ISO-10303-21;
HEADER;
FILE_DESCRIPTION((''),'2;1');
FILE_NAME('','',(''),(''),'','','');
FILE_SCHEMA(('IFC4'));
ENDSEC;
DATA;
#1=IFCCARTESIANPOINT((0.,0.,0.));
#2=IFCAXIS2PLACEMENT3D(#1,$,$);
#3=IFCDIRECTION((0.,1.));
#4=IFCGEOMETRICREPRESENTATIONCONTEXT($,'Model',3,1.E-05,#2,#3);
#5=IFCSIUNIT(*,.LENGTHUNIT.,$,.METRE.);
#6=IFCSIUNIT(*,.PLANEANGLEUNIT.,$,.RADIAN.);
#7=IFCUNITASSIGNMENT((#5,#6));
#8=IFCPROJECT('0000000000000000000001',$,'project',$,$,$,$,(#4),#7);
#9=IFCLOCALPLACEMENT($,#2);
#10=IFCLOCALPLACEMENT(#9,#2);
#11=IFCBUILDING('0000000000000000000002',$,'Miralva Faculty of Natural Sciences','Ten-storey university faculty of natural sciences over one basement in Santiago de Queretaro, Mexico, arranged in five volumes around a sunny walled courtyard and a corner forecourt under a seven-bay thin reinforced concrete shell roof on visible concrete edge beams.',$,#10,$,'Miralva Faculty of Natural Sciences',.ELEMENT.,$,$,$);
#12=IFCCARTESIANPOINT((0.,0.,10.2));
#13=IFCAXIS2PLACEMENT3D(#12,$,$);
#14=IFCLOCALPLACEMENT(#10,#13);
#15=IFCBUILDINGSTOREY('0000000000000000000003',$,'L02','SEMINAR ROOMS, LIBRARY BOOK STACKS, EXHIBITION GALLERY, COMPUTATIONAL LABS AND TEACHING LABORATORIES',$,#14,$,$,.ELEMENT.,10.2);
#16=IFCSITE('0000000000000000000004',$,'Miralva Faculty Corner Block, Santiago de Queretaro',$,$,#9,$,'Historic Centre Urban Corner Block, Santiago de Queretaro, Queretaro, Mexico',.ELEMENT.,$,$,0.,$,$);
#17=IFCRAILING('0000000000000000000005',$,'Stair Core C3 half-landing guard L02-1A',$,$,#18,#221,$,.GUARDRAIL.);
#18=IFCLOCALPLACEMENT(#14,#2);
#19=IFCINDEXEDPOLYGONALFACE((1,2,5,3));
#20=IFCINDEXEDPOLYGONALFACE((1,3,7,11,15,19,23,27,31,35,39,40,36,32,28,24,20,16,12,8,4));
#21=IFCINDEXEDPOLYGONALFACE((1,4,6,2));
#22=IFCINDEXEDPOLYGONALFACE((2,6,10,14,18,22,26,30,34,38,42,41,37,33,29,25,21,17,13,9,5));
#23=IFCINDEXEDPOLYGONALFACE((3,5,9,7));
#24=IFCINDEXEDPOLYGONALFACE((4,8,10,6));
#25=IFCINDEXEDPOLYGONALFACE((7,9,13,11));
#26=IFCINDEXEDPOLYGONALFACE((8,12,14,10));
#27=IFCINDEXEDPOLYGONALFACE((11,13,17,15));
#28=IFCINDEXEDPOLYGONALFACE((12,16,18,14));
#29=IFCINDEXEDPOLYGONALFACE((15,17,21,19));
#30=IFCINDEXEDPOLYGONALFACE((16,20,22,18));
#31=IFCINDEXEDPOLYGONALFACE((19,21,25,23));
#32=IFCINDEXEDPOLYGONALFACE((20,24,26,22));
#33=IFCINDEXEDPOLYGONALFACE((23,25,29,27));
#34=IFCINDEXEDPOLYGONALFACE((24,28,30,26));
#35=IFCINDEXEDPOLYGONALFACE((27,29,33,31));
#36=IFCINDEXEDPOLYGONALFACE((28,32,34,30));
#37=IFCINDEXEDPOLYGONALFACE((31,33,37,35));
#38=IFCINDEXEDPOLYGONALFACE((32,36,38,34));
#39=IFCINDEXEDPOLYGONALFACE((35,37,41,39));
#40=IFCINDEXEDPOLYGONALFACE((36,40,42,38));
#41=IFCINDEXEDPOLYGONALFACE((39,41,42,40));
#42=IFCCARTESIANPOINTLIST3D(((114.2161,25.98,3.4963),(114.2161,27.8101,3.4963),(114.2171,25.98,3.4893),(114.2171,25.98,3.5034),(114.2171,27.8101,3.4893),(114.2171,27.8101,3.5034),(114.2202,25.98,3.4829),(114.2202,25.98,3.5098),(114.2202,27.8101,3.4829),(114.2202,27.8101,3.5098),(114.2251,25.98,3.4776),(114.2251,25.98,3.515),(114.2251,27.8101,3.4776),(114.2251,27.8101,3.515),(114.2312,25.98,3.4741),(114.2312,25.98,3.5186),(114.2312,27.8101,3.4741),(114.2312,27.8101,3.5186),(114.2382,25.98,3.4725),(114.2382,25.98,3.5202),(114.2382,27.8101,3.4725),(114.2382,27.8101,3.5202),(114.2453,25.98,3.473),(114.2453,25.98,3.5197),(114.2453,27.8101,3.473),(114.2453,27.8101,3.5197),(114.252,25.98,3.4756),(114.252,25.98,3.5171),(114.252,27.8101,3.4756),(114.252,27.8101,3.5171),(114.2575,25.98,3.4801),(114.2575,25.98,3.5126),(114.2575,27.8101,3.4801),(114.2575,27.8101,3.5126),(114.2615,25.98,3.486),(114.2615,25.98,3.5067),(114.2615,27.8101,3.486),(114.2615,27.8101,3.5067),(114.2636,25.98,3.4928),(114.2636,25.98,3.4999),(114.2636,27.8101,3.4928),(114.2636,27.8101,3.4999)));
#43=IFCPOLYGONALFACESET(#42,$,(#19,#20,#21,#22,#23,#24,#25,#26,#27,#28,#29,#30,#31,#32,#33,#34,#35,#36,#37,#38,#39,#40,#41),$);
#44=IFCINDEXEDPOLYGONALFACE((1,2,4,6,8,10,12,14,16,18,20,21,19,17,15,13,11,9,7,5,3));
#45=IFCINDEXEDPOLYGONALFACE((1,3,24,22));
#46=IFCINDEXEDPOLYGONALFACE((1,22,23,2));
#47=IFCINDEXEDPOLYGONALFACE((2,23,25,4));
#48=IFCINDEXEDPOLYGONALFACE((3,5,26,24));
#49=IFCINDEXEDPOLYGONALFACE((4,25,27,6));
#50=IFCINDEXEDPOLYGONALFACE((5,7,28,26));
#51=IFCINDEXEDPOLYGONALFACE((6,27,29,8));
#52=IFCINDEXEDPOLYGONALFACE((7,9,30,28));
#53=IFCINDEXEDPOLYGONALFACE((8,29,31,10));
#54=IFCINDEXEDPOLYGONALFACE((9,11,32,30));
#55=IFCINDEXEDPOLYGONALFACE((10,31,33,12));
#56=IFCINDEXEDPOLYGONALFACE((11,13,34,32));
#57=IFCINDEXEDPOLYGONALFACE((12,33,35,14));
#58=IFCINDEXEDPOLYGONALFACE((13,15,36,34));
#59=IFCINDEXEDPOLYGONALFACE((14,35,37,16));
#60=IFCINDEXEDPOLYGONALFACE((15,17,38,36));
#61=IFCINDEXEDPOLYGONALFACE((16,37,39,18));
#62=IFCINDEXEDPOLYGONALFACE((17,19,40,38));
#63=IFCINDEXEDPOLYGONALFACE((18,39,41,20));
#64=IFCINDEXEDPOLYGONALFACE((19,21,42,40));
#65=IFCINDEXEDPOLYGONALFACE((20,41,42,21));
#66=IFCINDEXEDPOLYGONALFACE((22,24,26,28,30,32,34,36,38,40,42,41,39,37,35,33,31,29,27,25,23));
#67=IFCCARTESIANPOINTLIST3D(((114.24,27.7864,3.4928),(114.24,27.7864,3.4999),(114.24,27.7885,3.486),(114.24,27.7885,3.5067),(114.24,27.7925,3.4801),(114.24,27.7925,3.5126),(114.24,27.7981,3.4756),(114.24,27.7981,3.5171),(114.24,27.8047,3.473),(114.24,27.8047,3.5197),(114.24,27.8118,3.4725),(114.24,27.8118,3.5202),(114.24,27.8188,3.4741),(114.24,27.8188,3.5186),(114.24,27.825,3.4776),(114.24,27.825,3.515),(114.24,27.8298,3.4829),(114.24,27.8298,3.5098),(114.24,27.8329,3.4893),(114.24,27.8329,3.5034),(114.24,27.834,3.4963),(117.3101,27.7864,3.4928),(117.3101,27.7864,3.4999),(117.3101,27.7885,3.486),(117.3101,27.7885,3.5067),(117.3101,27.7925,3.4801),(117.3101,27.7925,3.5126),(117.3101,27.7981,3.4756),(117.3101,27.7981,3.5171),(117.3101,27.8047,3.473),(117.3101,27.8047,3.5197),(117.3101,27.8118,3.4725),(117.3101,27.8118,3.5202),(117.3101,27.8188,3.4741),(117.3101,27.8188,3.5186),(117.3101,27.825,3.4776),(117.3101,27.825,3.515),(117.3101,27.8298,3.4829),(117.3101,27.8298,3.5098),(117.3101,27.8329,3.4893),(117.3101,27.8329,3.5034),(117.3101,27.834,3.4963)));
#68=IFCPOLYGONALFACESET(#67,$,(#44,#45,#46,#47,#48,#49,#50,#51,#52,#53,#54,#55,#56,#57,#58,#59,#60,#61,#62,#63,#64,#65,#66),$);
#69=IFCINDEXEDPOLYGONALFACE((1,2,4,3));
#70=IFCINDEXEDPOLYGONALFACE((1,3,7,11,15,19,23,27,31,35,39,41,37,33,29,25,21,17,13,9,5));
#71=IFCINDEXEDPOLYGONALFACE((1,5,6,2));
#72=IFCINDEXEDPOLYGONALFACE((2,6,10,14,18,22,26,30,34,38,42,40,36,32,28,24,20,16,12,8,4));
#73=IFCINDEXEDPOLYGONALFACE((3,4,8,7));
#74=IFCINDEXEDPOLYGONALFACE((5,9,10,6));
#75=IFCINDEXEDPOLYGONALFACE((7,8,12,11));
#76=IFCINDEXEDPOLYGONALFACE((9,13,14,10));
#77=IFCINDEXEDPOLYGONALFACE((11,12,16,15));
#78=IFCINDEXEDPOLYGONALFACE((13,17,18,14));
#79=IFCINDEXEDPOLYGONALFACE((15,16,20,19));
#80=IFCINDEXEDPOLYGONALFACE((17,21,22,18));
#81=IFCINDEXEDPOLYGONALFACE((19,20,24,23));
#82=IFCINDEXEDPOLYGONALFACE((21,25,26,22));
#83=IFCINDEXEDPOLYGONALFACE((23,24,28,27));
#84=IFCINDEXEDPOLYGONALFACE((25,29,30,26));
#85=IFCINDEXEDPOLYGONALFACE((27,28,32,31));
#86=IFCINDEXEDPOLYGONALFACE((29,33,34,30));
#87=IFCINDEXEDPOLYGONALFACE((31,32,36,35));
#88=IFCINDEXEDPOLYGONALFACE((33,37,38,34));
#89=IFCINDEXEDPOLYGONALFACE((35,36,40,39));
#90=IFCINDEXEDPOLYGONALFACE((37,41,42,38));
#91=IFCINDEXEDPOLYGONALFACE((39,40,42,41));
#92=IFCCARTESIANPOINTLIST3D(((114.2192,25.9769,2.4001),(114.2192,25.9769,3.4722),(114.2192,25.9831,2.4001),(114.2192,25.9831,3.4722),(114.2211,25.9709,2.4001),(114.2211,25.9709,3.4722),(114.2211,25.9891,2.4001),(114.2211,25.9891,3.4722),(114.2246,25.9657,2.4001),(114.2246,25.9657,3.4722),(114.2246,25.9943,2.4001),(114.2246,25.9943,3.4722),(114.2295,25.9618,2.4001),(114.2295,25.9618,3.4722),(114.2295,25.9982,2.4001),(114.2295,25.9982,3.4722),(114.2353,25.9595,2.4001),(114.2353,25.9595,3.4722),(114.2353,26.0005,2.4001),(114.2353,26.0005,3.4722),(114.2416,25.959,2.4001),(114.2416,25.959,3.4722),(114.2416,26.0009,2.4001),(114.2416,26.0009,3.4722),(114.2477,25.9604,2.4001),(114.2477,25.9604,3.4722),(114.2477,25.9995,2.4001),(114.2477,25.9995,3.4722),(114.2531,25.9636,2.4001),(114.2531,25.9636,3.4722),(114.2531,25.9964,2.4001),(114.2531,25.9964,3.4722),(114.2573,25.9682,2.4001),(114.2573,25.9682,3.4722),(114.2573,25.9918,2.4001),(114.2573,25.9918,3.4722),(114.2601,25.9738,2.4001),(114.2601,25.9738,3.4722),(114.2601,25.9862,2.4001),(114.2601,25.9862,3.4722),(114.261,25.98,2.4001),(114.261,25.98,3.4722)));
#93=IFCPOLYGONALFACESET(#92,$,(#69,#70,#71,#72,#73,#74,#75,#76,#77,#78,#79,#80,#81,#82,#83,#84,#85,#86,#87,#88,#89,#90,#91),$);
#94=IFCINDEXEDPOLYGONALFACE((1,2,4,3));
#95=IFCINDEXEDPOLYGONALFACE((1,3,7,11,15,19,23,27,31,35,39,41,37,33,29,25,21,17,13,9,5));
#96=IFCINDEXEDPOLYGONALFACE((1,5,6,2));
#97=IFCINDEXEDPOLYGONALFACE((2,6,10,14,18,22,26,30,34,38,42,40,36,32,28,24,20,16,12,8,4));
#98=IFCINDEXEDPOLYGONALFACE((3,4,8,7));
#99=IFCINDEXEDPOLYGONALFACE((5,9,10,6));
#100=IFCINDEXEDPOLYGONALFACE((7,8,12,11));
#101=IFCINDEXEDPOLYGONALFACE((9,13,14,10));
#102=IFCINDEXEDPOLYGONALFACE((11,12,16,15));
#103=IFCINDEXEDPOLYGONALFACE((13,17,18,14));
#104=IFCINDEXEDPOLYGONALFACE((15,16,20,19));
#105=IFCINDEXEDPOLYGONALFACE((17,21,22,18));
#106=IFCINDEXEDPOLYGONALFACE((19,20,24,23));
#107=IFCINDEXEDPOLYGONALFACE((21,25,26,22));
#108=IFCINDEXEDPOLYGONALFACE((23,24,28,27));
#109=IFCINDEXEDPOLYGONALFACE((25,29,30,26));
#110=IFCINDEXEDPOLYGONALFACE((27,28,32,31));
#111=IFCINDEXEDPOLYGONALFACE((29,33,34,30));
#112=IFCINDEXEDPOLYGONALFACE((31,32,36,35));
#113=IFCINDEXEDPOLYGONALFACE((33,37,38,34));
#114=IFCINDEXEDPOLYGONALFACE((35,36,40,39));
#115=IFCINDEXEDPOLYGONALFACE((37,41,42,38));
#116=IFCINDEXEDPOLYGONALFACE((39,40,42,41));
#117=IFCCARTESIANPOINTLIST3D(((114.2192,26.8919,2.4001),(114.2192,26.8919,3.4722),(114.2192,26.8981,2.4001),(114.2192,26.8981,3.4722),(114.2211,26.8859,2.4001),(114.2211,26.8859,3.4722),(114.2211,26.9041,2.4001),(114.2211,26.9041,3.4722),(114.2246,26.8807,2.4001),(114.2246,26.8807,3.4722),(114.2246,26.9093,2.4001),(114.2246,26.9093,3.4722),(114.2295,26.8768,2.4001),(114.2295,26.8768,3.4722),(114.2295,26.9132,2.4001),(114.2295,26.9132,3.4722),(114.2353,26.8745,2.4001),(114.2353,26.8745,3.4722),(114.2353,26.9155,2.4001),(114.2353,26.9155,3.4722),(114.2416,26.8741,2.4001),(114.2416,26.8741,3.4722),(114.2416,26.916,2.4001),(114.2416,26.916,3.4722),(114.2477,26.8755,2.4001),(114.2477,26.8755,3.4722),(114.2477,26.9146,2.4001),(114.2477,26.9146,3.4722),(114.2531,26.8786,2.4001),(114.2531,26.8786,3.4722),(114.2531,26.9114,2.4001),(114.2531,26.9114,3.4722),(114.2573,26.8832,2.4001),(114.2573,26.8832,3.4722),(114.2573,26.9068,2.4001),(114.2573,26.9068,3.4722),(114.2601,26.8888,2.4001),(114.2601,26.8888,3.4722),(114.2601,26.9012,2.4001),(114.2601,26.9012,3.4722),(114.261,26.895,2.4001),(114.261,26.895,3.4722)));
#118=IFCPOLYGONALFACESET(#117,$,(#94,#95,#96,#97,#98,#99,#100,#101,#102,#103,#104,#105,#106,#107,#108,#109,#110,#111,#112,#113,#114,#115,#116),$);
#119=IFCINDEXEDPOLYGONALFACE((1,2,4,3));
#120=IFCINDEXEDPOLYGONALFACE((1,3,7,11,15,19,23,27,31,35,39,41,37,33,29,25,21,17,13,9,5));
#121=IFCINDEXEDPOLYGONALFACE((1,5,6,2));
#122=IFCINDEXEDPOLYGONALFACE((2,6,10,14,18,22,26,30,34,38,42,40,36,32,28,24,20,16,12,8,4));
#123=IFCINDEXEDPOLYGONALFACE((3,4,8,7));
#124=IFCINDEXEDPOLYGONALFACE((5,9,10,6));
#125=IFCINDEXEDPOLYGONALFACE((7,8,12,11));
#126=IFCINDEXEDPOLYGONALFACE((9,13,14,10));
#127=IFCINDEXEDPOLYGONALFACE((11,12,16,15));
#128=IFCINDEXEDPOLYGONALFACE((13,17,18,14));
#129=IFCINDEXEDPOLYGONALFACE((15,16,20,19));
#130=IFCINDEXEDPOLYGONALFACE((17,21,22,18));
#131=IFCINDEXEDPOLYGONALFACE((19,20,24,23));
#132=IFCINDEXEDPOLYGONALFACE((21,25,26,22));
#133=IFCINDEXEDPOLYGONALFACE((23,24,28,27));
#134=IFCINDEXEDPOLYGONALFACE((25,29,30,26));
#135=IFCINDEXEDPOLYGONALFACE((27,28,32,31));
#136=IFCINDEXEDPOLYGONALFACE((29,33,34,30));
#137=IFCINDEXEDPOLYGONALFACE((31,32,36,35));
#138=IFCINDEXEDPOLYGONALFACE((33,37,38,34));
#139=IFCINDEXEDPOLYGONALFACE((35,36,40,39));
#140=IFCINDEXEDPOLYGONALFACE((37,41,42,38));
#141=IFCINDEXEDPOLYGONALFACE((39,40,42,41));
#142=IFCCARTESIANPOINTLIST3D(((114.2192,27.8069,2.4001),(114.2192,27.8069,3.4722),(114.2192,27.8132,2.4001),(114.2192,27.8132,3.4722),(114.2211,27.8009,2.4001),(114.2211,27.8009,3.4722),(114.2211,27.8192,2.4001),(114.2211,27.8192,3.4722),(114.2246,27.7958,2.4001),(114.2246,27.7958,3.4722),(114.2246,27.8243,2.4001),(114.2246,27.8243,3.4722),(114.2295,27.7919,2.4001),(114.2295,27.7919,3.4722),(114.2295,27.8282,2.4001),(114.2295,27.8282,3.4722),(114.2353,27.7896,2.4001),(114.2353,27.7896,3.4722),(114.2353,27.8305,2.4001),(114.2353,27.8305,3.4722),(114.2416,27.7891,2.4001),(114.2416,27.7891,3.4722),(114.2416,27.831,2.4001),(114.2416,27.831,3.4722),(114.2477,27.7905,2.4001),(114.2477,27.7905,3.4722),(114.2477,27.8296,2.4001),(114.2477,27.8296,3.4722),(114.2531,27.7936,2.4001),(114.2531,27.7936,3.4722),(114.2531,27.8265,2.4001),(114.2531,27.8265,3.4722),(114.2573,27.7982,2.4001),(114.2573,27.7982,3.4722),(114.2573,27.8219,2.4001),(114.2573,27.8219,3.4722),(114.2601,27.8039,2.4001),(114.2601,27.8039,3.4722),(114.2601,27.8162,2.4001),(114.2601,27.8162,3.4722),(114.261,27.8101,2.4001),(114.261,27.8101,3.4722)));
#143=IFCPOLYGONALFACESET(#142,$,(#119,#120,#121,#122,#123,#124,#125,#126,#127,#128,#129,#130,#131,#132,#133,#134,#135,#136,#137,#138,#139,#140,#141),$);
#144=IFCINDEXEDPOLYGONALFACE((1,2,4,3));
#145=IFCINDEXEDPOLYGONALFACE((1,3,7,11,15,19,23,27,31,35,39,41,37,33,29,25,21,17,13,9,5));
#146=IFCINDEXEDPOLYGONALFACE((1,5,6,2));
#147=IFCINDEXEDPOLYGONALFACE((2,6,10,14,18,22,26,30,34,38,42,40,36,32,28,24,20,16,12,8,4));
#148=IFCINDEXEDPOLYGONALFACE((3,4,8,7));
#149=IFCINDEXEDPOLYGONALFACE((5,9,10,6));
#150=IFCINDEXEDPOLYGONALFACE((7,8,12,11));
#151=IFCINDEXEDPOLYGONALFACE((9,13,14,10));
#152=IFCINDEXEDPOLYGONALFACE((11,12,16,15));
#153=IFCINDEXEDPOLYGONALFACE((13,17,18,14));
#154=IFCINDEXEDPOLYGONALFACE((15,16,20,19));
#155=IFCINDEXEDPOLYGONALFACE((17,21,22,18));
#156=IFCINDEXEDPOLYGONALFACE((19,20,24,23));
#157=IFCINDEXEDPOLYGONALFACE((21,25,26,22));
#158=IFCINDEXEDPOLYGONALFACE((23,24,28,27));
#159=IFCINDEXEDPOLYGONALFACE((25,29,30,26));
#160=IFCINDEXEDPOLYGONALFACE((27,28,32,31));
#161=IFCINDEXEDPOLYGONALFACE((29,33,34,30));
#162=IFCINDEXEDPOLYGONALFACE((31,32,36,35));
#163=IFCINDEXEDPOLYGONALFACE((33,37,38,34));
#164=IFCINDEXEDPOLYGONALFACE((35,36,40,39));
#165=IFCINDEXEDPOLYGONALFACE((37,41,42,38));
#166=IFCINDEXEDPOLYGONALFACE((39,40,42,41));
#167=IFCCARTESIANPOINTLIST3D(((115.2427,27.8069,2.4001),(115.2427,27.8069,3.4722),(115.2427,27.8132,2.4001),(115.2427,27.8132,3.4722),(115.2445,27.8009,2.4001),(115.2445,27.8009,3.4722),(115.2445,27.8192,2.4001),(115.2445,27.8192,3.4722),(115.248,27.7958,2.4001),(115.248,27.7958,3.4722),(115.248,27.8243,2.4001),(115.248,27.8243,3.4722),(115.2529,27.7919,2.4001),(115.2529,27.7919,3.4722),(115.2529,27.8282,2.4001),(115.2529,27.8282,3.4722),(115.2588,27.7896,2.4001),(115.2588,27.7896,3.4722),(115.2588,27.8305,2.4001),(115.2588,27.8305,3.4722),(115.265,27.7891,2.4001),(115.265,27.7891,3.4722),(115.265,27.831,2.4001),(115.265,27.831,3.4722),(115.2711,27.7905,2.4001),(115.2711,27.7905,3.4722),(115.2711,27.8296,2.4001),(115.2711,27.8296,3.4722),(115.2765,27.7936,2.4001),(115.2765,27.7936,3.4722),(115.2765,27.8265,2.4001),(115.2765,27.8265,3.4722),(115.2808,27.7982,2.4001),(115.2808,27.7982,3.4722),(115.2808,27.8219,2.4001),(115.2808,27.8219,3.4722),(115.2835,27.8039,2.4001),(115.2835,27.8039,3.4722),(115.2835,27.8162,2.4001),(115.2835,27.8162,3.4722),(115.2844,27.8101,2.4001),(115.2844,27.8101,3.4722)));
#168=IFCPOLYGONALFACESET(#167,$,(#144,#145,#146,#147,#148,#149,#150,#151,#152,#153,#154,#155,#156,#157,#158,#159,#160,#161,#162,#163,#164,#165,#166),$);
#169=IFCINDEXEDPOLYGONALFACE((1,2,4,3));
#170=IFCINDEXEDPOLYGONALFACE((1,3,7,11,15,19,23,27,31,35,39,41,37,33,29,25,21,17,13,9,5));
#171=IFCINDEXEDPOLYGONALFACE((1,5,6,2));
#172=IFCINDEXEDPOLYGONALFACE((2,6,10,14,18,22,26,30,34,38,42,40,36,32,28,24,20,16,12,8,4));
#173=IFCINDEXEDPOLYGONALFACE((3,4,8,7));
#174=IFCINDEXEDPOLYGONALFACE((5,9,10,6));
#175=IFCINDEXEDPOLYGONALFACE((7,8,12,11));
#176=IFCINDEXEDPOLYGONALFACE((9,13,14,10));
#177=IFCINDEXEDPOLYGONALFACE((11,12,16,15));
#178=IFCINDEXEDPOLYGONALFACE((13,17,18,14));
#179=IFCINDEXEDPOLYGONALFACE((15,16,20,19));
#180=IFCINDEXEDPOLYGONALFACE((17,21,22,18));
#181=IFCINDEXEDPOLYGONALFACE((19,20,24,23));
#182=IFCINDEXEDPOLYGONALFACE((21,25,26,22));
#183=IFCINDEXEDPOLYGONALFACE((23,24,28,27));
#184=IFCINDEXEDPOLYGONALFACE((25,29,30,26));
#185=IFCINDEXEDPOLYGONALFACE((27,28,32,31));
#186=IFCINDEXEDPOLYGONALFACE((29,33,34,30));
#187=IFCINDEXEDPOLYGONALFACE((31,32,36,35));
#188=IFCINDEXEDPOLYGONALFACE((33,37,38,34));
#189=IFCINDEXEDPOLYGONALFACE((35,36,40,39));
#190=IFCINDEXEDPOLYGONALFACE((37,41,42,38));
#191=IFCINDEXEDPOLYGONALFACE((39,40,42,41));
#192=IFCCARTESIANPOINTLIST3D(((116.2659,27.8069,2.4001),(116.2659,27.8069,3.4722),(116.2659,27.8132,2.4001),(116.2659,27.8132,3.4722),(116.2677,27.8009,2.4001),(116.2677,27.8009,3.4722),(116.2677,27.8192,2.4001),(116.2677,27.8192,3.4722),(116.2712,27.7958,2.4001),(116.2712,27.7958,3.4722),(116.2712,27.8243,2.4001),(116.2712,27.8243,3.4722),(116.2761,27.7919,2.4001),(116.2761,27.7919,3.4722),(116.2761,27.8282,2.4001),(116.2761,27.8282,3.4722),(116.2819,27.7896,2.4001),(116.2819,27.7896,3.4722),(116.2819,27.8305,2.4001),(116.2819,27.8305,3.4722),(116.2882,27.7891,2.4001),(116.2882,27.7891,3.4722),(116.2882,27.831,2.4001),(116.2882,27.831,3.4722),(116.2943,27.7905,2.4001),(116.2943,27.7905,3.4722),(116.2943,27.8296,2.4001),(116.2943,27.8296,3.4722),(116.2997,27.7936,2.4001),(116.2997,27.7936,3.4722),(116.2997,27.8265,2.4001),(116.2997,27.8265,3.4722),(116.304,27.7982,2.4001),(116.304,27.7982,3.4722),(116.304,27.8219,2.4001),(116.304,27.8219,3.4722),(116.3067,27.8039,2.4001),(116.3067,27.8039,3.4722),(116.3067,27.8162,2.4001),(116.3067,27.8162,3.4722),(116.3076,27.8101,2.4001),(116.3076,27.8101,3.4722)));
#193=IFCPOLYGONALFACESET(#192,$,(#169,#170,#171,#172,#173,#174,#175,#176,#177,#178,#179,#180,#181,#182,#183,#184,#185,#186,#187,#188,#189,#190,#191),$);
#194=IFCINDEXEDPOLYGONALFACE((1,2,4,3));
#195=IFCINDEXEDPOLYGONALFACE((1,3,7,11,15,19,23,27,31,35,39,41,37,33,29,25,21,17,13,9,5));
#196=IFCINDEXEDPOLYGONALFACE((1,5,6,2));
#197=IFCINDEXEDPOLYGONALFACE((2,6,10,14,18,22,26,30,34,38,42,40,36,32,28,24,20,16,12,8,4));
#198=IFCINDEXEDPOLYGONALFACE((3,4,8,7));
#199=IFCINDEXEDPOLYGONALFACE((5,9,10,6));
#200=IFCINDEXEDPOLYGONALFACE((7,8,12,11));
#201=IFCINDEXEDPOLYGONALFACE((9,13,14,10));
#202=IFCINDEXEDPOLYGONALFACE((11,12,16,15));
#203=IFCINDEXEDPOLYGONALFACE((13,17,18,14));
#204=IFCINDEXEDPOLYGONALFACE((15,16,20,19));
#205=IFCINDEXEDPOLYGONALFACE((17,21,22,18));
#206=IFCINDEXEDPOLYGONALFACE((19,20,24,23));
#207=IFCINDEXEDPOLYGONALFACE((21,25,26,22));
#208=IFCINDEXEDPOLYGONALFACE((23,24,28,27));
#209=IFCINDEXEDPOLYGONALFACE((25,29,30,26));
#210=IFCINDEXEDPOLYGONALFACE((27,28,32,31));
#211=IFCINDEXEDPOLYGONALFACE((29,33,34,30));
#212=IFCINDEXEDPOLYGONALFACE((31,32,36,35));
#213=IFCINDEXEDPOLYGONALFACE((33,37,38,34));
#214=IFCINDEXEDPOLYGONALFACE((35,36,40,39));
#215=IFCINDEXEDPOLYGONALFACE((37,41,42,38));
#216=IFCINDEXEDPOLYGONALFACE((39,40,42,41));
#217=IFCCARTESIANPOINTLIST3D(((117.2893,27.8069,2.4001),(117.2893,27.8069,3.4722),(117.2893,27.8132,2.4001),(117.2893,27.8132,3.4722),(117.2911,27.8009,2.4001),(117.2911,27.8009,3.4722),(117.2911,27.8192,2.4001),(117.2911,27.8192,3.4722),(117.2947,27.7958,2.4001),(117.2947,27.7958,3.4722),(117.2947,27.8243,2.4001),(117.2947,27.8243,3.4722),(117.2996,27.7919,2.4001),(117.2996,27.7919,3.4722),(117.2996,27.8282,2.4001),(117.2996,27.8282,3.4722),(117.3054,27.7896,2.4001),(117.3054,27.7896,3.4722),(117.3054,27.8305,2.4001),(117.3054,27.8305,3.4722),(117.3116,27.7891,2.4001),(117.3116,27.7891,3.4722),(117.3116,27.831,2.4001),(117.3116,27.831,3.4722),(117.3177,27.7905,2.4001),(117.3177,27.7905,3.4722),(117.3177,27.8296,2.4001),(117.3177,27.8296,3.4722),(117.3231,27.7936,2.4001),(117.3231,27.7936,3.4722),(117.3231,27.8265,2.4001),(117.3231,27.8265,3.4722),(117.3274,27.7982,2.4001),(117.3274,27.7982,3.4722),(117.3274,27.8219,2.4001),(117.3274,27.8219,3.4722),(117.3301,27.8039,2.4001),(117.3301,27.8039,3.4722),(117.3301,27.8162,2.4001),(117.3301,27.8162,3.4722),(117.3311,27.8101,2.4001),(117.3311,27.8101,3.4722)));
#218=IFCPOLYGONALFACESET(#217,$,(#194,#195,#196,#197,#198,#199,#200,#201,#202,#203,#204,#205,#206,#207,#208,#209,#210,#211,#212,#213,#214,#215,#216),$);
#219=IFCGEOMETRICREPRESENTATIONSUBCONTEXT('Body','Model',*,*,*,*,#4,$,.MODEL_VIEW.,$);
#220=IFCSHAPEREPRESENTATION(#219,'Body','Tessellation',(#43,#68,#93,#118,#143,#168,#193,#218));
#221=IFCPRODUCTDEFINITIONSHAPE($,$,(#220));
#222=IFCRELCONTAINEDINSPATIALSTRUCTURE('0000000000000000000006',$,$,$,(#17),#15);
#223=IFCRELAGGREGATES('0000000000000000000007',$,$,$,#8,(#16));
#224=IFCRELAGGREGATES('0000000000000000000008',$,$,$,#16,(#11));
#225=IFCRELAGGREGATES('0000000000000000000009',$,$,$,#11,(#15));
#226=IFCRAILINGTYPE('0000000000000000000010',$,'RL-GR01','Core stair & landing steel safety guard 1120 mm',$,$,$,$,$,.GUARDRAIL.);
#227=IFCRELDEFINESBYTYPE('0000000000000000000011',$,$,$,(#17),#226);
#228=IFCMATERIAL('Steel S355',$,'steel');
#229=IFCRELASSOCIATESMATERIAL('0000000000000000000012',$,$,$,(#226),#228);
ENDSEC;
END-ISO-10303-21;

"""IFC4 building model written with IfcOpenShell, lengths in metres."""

from ifc_helpers import new_model, si_unit, direction, frame, origin, origin_2d, place, context, subcontext, project, spatial, circle, extrude, material, type_object, element, save


model = new_model("IFC4")

# Units and contexts
model_context = context("Model", 3, precision=1e-05, world=origin(), true_north=direction((0.0, 1.0)))
body_context = subcontext(model_context, "Body", "Model", "MODEL_VIEW")
ifc_project = project(units=[si_unit("LENGTHUNIT", "METRE"), si_unit("PLANEANGLEUNIT", "RADIAN")], contexts=[model_context])

# Site, building, storey
site_placement = place(None, origin())
site = spatial("IfcSite", under=ifc_project, at=site_placement, Name="Miralva Faculty Corner Block, Santiago de Queretaro", LongName="Historic Centre Urban Corner Block, Santiago de Queretaro, Queretaro, Mexico", CompositionType="ELEMENT", RefElevation=0.0)
building_placement = place(site_placement, origin())
building = spatial("IfcBuilding", under=site, at=building_placement, Name="Miralva Faculty of Natural Sciences", Description="Ten-storey university faculty of natural sciences over one basement in Santiago de Queretaro, Mexico, arranged in five volumes around a sunny walled courtyard and a corner forecourt under a seven-bay thin reinforced concrete shell roof on visible concrete edge beams.", LongName="Miralva Faculty of Natural Sciences", CompositionType="ELEMENT")
storey_placement = place(building_placement, frame((0.0, 0.0, 10.2)))
storey = spatial("IfcBuildingStorey", under=building, at=storey_placement, Name="L02", Description="SEMINAR ROOMS, LIBRARY BOOK STACKS, EXHIBITION GALLERY, COMPUTATIONAL LABS AND TEACHING LABORATORIES", CompositionType="ELEMENT", Elevation=10.2)

# Railing
ifc_material_1 = material(Name="Steel S355", Category="steel")
railing_type_1 = type_object("IfcRailingType", Name="RL-GR01", Description="Core stair & landing steel safety guard 1120 mm", PredefinedType="GUARDRAIL", material=ifc_material_1)
railing_1_placement = place(storey_placement, frame((114.24, 25.98, 2.4001)))
element("IfcRailing", 1, at=railing_1_placement, inside=storey, type_object=railing_type_1, Name="Stair Core C3 half-landing guard L02-1A", PredefinedType="GUARDRAIL", context=body_context, shape_type="SweptSolid", body=[
    extrude(circle(Radius=0.0239, at=origin_2d()), frame((0.0, 0.0, 1.0962), z_axis=(0.0, 1.0, 0.0), x_axis=(-1.0, 0.0, 0.0)), (0.0, 0.0, 1.0), 1.8301),
    extrude(circle(Radius=0.0239, at=origin_2d()), frame((0.0, 1.8301, 1.0962), z_axis=(1.0, 0.0, 0.0), x_axis=(0.0, 1.0, 0.0)), (0.0, 0.0, 1.0), 3.0701),
    extrude(circle(Radius=0.021, at=origin_2d()), origin(), (0.0, 0.0, 1.0), 1.072),
    extrude(circle(Radius=0.021, at=origin_2d()), frame((0.0, 0.915, 0.0)), (0.0, 0.0, 1.0), 1.072),
    extrude(circle(Radius=0.021, at=origin_2d()), frame((0.0, 1.8301, 0.0)), (0.0, 0.0, 1.0), 1.072),
    extrude(circle(Radius=0.021, at=origin_2d()), frame((1.0234, 1.8301, 0.0)), (0.0, 0.0, 1.0), 1.072),
    extrude(circle(Radius=0.021, at=origin_2d()), frame((2.0466, 1.8301, 0.0)), (0.0, 0.0, 1.0), 1.072),
    extrude(circle(Radius=0.021, at=origin_2d()), frame((3.0701, 1.8301, 0.0)), (0.0, 0.0, 1.0), 1.072),
])

save(model, "model.ifc")
